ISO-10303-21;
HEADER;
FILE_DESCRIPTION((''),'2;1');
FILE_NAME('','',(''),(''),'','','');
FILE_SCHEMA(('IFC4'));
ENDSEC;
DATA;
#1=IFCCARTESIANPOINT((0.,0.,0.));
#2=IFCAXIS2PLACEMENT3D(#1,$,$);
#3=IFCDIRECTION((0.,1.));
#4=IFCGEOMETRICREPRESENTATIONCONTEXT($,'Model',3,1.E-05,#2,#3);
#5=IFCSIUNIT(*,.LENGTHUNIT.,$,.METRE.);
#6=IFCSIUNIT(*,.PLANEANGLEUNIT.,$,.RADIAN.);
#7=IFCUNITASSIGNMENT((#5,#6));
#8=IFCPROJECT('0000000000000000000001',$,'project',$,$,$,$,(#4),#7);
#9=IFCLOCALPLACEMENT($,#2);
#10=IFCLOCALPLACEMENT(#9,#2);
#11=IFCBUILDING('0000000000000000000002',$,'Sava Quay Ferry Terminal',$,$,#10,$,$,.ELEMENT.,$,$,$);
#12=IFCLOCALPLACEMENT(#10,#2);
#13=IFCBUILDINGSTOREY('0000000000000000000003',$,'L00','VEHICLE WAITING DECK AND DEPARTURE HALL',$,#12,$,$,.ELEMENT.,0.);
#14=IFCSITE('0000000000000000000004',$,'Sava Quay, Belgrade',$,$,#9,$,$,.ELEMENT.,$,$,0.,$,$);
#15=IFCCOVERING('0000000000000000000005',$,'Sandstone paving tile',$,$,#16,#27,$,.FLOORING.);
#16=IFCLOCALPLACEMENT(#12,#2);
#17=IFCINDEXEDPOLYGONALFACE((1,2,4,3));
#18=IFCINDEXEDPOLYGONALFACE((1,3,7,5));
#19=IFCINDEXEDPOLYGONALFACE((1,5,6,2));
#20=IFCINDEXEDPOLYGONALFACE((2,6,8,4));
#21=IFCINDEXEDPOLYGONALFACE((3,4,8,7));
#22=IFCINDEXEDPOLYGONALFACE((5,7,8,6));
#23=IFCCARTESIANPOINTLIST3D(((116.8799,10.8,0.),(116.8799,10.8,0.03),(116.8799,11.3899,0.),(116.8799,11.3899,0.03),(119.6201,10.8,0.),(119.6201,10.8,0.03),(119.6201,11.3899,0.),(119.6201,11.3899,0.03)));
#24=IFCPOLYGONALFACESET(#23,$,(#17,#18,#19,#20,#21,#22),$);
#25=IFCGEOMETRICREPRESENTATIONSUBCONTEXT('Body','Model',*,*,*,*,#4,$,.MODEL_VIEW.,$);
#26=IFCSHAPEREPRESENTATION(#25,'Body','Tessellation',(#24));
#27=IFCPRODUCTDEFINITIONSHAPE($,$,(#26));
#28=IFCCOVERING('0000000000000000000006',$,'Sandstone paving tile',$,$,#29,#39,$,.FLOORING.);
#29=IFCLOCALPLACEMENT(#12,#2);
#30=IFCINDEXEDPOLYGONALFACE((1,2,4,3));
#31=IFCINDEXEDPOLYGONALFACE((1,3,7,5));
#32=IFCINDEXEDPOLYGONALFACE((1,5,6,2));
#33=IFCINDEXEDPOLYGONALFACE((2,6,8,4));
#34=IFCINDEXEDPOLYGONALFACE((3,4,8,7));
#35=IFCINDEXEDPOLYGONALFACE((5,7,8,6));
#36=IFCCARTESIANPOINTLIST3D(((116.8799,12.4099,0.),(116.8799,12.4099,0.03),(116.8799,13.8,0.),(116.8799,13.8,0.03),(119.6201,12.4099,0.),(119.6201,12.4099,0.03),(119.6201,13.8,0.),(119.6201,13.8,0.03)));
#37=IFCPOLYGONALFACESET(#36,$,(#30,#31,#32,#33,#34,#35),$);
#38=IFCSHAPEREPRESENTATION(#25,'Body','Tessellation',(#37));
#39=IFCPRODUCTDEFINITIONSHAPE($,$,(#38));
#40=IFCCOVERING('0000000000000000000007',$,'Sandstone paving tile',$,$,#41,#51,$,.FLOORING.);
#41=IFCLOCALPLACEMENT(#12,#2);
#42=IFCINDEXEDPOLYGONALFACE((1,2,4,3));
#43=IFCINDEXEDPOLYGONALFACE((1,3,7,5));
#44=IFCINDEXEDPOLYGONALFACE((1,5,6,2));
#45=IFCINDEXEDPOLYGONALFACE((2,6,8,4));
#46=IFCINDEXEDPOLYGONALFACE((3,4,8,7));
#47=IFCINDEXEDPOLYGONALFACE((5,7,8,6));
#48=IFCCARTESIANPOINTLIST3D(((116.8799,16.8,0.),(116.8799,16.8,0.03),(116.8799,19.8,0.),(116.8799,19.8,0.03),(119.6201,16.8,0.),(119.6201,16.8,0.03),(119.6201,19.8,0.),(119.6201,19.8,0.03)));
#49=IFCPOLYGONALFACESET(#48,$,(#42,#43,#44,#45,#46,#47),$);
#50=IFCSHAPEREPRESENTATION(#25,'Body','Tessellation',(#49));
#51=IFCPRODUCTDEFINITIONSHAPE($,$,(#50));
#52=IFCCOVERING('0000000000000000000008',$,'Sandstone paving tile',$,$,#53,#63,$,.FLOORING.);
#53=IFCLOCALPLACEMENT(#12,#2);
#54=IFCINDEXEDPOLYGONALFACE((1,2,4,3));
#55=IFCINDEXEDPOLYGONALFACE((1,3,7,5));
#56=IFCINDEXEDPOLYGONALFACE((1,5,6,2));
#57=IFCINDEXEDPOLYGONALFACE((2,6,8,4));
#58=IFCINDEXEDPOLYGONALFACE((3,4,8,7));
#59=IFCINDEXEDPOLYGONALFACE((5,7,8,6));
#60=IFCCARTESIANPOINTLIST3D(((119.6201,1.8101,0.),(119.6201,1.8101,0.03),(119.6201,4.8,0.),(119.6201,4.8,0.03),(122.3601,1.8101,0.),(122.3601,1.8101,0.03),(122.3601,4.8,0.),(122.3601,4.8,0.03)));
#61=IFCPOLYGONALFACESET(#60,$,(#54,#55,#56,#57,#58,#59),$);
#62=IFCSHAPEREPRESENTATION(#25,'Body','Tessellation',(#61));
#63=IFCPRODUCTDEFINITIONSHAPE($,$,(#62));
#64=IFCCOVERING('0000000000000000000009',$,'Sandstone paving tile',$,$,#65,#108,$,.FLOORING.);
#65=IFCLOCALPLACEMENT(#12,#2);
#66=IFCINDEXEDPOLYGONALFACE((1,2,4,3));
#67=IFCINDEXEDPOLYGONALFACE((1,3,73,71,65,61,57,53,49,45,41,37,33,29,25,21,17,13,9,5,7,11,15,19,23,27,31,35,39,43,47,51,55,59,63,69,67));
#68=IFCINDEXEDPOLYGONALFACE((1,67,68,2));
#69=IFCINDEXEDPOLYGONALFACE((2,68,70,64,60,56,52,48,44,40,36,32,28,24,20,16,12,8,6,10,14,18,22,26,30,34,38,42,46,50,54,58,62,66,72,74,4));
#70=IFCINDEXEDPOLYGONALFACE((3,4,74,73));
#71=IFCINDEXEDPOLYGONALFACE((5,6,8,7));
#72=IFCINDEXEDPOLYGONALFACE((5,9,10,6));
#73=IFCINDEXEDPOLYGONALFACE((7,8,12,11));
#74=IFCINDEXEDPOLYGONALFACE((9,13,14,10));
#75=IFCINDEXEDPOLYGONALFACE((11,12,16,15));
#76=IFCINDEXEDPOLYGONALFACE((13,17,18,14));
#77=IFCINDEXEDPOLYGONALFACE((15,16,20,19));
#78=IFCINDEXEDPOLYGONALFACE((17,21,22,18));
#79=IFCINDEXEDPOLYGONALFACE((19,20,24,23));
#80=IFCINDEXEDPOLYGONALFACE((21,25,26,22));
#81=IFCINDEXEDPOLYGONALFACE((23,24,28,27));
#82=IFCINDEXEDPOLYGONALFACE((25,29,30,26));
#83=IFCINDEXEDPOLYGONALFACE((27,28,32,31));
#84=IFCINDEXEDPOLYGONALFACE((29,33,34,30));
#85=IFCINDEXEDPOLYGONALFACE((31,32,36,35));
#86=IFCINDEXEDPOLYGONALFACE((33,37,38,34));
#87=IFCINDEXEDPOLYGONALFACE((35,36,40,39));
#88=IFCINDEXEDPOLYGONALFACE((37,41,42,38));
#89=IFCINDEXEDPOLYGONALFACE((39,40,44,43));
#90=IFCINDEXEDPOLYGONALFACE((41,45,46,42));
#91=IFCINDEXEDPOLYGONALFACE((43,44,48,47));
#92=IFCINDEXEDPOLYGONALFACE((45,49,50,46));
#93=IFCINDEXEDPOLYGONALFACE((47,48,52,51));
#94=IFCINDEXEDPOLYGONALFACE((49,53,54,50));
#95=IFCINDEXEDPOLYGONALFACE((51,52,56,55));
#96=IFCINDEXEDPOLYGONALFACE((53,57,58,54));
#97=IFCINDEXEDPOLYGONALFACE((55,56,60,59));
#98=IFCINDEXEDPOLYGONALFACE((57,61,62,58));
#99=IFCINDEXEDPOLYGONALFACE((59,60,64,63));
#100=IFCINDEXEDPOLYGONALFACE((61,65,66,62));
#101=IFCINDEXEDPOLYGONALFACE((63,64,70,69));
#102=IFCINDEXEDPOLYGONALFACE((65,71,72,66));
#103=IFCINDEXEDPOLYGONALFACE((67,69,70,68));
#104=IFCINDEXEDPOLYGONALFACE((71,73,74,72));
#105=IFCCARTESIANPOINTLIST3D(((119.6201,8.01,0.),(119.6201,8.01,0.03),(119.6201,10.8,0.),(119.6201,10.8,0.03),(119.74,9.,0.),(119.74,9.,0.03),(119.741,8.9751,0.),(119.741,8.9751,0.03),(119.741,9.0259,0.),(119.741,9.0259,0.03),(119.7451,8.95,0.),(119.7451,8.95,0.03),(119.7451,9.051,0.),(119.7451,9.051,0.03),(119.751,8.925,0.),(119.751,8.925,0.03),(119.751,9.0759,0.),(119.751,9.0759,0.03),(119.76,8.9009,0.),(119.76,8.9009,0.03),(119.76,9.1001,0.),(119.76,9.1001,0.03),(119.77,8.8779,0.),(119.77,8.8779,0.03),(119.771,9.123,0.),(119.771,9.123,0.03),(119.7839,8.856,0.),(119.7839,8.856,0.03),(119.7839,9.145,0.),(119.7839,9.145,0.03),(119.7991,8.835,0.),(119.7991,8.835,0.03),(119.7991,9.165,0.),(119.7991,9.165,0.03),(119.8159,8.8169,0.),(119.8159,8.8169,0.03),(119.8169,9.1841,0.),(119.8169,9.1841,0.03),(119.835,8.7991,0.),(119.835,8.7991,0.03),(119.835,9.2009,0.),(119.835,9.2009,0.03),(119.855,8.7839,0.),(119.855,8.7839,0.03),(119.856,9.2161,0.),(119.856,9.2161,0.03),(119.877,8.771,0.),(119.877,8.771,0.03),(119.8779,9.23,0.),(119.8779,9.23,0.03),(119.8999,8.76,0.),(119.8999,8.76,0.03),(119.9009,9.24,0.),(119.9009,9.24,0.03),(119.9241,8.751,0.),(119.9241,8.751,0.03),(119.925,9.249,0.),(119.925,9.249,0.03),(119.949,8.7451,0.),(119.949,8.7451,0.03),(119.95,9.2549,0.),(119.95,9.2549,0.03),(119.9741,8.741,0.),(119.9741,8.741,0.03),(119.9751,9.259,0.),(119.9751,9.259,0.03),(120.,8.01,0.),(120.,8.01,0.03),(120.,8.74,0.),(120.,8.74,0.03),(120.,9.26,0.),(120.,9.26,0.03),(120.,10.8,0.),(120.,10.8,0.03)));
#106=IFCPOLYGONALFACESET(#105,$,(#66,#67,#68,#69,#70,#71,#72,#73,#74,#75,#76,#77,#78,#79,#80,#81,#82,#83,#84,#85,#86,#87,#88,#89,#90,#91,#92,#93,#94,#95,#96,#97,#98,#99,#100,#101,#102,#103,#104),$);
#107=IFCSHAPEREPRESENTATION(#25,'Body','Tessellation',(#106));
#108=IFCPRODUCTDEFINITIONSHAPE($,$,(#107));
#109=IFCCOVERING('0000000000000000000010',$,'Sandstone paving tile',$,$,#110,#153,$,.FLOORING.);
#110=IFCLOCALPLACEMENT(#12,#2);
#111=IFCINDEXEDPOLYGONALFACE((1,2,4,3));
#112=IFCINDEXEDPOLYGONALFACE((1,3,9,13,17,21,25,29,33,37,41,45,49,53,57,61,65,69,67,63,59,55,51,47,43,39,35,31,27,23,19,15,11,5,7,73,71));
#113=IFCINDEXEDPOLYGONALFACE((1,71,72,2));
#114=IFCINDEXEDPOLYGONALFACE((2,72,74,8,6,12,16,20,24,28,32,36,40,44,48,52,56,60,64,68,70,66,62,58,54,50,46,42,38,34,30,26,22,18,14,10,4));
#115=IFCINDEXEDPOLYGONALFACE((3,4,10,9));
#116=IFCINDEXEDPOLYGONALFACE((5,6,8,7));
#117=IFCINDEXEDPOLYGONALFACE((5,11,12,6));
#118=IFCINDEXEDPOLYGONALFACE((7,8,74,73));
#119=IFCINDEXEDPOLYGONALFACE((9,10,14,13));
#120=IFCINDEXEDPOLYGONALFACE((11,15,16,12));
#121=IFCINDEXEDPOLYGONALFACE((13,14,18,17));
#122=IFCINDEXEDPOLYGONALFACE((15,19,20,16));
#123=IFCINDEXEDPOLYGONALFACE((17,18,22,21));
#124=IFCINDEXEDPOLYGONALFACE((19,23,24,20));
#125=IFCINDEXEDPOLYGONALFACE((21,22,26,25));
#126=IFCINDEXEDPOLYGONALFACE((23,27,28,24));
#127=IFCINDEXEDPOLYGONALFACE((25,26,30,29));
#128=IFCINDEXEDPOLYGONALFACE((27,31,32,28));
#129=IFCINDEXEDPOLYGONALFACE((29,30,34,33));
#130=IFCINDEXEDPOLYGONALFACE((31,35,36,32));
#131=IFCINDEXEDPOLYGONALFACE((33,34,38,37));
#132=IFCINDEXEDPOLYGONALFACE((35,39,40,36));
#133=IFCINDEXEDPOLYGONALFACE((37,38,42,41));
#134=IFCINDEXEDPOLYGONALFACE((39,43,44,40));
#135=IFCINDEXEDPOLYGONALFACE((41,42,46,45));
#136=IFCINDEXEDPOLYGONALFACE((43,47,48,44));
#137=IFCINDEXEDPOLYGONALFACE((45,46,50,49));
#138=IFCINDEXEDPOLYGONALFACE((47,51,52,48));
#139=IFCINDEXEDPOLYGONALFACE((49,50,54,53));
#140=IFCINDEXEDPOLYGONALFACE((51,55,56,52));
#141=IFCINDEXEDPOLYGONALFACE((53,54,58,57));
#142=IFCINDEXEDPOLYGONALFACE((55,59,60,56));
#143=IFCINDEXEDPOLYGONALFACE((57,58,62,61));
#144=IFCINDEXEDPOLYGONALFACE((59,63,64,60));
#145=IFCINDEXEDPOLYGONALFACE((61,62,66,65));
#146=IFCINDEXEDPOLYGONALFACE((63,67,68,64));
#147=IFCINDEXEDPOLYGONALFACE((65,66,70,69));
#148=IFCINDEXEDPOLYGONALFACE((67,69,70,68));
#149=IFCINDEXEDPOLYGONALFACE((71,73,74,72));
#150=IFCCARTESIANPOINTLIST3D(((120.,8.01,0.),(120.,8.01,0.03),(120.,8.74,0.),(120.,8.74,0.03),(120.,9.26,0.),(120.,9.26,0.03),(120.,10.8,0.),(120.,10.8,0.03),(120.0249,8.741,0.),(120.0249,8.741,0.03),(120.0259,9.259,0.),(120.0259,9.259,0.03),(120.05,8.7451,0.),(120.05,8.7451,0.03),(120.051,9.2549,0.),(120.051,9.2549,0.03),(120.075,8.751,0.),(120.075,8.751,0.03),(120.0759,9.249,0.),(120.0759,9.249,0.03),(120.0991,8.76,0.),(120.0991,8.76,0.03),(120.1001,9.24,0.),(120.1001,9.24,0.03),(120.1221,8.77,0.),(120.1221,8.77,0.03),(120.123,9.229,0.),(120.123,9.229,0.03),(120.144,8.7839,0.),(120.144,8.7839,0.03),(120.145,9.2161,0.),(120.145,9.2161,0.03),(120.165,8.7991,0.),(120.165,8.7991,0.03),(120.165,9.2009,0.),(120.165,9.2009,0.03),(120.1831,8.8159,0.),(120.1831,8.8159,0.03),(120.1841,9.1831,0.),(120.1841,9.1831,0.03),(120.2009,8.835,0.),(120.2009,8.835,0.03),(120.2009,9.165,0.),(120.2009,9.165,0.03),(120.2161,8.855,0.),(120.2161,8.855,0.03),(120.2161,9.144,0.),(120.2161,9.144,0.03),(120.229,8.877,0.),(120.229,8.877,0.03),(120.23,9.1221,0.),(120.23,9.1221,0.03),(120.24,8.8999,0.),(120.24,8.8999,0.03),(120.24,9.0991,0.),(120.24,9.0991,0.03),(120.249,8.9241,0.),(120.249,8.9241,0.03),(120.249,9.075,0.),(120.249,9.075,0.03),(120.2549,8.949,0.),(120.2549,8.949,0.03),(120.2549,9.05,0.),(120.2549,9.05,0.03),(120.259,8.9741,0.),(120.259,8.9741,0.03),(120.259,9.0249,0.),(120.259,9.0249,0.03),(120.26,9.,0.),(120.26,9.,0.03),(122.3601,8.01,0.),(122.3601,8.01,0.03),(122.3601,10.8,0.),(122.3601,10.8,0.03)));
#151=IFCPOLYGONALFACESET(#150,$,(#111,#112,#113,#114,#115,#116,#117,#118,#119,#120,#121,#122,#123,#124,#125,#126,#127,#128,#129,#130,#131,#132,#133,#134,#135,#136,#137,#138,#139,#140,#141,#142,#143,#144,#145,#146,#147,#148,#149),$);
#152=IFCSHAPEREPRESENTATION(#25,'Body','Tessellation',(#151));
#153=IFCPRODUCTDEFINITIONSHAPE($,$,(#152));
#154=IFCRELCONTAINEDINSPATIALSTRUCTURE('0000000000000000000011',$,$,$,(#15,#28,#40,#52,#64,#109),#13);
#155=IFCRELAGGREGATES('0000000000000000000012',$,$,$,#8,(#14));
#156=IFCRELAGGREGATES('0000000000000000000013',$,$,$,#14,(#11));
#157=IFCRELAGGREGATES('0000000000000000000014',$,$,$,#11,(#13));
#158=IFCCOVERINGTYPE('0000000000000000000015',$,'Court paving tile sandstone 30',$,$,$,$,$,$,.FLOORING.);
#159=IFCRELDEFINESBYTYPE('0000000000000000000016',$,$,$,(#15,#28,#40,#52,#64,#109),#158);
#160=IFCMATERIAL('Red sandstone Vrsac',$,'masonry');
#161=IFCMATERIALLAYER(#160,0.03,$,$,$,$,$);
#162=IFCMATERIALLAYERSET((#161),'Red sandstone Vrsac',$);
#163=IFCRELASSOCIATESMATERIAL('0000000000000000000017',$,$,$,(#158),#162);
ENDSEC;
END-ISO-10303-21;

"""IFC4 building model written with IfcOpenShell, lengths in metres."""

from ifc_helpers import new_model, si_unit, direction, origin, place, context, subcontext, project, spatial, polyline, outline, extrude, material, layer, layer_set, type_object, element, save


model = new_model("IFC4")

# Units and contexts
model_context = context("Model", 3, precision=1e-05, world=origin(), true_north=direction((0.0, 1.0)))
body_context = subcontext(model_context, "Body", "Model", "MODEL_VIEW")
ifc_project = project(units=[si_unit("LENGTHUNIT", "METRE"), si_unit("PLANEANGLEUNIT", "RADIAN")], contexts=[model_context])

# Site, building, storey
site_placement = place(None, origin())
site = spatial("IfcSite", under=ifc_project, at=site_placement, Name="Sava Quay, Belgrade", CompositionType="ELEMENT", RefElevation=0.0)
building_placement = place(site_placement, origin())
building = spatial("IfcBuilding", under=site, at=building_placement, Name="Sava Quay Ferry Terminal", CompositionType="ELEMENT")
storey_placement = place(building_placement, origin())
storey = spatial("IfcBuildingStorey", under=building, at=storey_placement, Name="L00", Description="VEHICLE WAITING DECK AND DEPARTURE HALL", CompositionType="ELEMENT", Elevation=0.0)

# Coverings
ifc_material_1 = material(Name="Red sandstone Vrsac", Category="masonry")
ifc_layer_1 = layer(ifc_material_1, 0.03)
ifc_layer_set_1 = layer_set([ifc_layer_1], Name="Red sandstone Vrsac")
covering_type_1 = type_object("IfcCoveringType", Name="Court paving tile sandstone 30", PredefinedType="FLOORING", material=ifc_layer_set_1)
covering_1_placement = place(storey_placement, origin())
element("IfcCovering", 1, at=covering_1_placement, inside=storey, type_object=covering_type_1, Name="Sandstone paving tile", PredefinedType="FLOORING", context=body_context, shape_type="SweptSolid", body=[
    extrude(outline(polyline([(119.6201, 10.8), (119.6201, 11.3899), (116.8799, 11.3899), (116.8799, 10.8), (119.6201, 10.8)])), origin(), (0.0, 0.0, 1.0), 0.03),
])
covering_2_placement = place(storey_placement, origin())
element("IfcCovering", 2, at=covering_2_placement, inside=storey, type_object=covering_type_1, Name="Sandstone paving tile", PredefinedType="FLOORING", context=body_context, shape_type="SweptSolid", body=[
    extrude(outline(polyline([(116.8799, 13.8), (116.8799, 12.4099), (119.6201, 12.4099), (119.6201, 13.8), (116.8799, 13.8)])), origin(), (0.0, 0.0, 1.0), 0.03),
])
covering_3_placement = place(storey_placement, origin())
element("IfcCovering", 3, at=covering_3_placement, inside=storey, type_object=covering_type_1, Name="Sandstone paving tile", PredefinedType="FLOORING", context=body_context, shape_type="SweptSolid", body=[
    extrude(outline(polyline([(119.6201, 16.8), (119.6201, 19.8), (116.8799, 19.8), (116.8799, 16.8), (119.6201, 16.8)])), origin(), (0.0, 0.0, 1.0), 0.03),
])
covering_4_placement = place(storey_placement, origin())
element("IfcCovering", 4, at=covering_4_placement, inside=storey, type_object=covering_type_1, Name="Sandstone paving tile", PredefinedType="FLOORING", context=body_context, shape_type="SweptSolid", body=[
    extrude(outline(polyline([(119.6201, 4.8), (119.6201, 1.8101), (122.3601, 1.8101), (122.3601, 4.8), (119.6201, 4.8)])), origin(), (0.0, 0.0, 1.0), 0.03),
])
covering_5_placement = place(storey_placement, origin())
element("IfcCovering", 5, at=covering_5_placement, inside=storey, type_object=covering_type_1, Name="Sandstone paving tile", PredefinedType="FLOORING", context=body_context, shape_type="SweptSolid", body=[
    extrude(outline(polyline([(120.0, 10.8), (119.6201, 10.8), (119.6201, 8.01), (120.0, 8.01), (120.0, 8.74), (119.9741, 8.741), (119.949, 8.7451), (119.9241, 8.751), (119.8999, 8.76), (119.877, 8.771), (119.855, 8.7839), (119.835, 8.7991), (119.8159, 8.8169), (119.7991, 8.835), (119.7839, 8.856), (119.77, 8.8779), (119.76, 8.9009), (119.751, 8.925), (119.7451, 8.95), (119.741, 8.9751), (119.74, 9.0), (119.741, 9.0259), (119.7451, 9.051), (119.751, 9.0759), (119.76, 9.1001), (119.771, 9.123), (119.7839, 9.145), (119.7991, 9.165), (119.8169, 9.1841), (119.835, 9.2009), (119.856, 9.2161), (119.8779, 9.23), (119.9009, 9.24), (119.925, 9.249), (119.95, 9.2549), (119.9751, 9.259), (120.0, 9.26), (120.0, 10.8)])), origin(), (0.0, 0.0, 1.0), 0.03),
])
covering_6_placement = place(storey_placement, origin())
element("IfcCovering", 6, at=covering_6_placement, inside=storey, type_object=covering_type_1, Name="Sandstone paving tile", PredefinedType="FLOORING", context=body_context, shape_type="SweptSolid", body=[
    extrude(outline(polyline([(122.3601, 10.8), (120.0, 10.8), (120.0, 9.26), (120.0259, 9.259), (120.051, 9.2549), (120.0759, 9.249), (120.1001, 9.24), (120.123, 9.229), (120.145, 9.2161), (120.165, 9.2009), (120.1841, 9.1831), (120.2009, 9.165), (120.2161, 9.144), (120.23, 9.1221), (120.24, 9.0991), (120.249, 9.075), (120.2549, 9.05), (120.259, 9.0249), (120.26, 9.0), (120.259, 8.9741), (120.2549, 8.949), (120.249, 8.9241), (120.24, 8.8999), (120.229, 8.877), (120.2161, 8.855), (120.2009, 8.835), (120.1831, 8.8159), (120.165, 8.7991), (120.144, 8.7839), (120.1221, 8.77), (120.0991, 8.76), (120.075, 8.751), (120.05, 8.7451), (120.0249, 8.741), (120.0, 8.74), (120.0, 8.01), (122.3601, 8.01), (122.3601, 10.8)])), origin(), (0.0, 0.0, 1.0), 0.03),
])

save(model, "model.ifc")
